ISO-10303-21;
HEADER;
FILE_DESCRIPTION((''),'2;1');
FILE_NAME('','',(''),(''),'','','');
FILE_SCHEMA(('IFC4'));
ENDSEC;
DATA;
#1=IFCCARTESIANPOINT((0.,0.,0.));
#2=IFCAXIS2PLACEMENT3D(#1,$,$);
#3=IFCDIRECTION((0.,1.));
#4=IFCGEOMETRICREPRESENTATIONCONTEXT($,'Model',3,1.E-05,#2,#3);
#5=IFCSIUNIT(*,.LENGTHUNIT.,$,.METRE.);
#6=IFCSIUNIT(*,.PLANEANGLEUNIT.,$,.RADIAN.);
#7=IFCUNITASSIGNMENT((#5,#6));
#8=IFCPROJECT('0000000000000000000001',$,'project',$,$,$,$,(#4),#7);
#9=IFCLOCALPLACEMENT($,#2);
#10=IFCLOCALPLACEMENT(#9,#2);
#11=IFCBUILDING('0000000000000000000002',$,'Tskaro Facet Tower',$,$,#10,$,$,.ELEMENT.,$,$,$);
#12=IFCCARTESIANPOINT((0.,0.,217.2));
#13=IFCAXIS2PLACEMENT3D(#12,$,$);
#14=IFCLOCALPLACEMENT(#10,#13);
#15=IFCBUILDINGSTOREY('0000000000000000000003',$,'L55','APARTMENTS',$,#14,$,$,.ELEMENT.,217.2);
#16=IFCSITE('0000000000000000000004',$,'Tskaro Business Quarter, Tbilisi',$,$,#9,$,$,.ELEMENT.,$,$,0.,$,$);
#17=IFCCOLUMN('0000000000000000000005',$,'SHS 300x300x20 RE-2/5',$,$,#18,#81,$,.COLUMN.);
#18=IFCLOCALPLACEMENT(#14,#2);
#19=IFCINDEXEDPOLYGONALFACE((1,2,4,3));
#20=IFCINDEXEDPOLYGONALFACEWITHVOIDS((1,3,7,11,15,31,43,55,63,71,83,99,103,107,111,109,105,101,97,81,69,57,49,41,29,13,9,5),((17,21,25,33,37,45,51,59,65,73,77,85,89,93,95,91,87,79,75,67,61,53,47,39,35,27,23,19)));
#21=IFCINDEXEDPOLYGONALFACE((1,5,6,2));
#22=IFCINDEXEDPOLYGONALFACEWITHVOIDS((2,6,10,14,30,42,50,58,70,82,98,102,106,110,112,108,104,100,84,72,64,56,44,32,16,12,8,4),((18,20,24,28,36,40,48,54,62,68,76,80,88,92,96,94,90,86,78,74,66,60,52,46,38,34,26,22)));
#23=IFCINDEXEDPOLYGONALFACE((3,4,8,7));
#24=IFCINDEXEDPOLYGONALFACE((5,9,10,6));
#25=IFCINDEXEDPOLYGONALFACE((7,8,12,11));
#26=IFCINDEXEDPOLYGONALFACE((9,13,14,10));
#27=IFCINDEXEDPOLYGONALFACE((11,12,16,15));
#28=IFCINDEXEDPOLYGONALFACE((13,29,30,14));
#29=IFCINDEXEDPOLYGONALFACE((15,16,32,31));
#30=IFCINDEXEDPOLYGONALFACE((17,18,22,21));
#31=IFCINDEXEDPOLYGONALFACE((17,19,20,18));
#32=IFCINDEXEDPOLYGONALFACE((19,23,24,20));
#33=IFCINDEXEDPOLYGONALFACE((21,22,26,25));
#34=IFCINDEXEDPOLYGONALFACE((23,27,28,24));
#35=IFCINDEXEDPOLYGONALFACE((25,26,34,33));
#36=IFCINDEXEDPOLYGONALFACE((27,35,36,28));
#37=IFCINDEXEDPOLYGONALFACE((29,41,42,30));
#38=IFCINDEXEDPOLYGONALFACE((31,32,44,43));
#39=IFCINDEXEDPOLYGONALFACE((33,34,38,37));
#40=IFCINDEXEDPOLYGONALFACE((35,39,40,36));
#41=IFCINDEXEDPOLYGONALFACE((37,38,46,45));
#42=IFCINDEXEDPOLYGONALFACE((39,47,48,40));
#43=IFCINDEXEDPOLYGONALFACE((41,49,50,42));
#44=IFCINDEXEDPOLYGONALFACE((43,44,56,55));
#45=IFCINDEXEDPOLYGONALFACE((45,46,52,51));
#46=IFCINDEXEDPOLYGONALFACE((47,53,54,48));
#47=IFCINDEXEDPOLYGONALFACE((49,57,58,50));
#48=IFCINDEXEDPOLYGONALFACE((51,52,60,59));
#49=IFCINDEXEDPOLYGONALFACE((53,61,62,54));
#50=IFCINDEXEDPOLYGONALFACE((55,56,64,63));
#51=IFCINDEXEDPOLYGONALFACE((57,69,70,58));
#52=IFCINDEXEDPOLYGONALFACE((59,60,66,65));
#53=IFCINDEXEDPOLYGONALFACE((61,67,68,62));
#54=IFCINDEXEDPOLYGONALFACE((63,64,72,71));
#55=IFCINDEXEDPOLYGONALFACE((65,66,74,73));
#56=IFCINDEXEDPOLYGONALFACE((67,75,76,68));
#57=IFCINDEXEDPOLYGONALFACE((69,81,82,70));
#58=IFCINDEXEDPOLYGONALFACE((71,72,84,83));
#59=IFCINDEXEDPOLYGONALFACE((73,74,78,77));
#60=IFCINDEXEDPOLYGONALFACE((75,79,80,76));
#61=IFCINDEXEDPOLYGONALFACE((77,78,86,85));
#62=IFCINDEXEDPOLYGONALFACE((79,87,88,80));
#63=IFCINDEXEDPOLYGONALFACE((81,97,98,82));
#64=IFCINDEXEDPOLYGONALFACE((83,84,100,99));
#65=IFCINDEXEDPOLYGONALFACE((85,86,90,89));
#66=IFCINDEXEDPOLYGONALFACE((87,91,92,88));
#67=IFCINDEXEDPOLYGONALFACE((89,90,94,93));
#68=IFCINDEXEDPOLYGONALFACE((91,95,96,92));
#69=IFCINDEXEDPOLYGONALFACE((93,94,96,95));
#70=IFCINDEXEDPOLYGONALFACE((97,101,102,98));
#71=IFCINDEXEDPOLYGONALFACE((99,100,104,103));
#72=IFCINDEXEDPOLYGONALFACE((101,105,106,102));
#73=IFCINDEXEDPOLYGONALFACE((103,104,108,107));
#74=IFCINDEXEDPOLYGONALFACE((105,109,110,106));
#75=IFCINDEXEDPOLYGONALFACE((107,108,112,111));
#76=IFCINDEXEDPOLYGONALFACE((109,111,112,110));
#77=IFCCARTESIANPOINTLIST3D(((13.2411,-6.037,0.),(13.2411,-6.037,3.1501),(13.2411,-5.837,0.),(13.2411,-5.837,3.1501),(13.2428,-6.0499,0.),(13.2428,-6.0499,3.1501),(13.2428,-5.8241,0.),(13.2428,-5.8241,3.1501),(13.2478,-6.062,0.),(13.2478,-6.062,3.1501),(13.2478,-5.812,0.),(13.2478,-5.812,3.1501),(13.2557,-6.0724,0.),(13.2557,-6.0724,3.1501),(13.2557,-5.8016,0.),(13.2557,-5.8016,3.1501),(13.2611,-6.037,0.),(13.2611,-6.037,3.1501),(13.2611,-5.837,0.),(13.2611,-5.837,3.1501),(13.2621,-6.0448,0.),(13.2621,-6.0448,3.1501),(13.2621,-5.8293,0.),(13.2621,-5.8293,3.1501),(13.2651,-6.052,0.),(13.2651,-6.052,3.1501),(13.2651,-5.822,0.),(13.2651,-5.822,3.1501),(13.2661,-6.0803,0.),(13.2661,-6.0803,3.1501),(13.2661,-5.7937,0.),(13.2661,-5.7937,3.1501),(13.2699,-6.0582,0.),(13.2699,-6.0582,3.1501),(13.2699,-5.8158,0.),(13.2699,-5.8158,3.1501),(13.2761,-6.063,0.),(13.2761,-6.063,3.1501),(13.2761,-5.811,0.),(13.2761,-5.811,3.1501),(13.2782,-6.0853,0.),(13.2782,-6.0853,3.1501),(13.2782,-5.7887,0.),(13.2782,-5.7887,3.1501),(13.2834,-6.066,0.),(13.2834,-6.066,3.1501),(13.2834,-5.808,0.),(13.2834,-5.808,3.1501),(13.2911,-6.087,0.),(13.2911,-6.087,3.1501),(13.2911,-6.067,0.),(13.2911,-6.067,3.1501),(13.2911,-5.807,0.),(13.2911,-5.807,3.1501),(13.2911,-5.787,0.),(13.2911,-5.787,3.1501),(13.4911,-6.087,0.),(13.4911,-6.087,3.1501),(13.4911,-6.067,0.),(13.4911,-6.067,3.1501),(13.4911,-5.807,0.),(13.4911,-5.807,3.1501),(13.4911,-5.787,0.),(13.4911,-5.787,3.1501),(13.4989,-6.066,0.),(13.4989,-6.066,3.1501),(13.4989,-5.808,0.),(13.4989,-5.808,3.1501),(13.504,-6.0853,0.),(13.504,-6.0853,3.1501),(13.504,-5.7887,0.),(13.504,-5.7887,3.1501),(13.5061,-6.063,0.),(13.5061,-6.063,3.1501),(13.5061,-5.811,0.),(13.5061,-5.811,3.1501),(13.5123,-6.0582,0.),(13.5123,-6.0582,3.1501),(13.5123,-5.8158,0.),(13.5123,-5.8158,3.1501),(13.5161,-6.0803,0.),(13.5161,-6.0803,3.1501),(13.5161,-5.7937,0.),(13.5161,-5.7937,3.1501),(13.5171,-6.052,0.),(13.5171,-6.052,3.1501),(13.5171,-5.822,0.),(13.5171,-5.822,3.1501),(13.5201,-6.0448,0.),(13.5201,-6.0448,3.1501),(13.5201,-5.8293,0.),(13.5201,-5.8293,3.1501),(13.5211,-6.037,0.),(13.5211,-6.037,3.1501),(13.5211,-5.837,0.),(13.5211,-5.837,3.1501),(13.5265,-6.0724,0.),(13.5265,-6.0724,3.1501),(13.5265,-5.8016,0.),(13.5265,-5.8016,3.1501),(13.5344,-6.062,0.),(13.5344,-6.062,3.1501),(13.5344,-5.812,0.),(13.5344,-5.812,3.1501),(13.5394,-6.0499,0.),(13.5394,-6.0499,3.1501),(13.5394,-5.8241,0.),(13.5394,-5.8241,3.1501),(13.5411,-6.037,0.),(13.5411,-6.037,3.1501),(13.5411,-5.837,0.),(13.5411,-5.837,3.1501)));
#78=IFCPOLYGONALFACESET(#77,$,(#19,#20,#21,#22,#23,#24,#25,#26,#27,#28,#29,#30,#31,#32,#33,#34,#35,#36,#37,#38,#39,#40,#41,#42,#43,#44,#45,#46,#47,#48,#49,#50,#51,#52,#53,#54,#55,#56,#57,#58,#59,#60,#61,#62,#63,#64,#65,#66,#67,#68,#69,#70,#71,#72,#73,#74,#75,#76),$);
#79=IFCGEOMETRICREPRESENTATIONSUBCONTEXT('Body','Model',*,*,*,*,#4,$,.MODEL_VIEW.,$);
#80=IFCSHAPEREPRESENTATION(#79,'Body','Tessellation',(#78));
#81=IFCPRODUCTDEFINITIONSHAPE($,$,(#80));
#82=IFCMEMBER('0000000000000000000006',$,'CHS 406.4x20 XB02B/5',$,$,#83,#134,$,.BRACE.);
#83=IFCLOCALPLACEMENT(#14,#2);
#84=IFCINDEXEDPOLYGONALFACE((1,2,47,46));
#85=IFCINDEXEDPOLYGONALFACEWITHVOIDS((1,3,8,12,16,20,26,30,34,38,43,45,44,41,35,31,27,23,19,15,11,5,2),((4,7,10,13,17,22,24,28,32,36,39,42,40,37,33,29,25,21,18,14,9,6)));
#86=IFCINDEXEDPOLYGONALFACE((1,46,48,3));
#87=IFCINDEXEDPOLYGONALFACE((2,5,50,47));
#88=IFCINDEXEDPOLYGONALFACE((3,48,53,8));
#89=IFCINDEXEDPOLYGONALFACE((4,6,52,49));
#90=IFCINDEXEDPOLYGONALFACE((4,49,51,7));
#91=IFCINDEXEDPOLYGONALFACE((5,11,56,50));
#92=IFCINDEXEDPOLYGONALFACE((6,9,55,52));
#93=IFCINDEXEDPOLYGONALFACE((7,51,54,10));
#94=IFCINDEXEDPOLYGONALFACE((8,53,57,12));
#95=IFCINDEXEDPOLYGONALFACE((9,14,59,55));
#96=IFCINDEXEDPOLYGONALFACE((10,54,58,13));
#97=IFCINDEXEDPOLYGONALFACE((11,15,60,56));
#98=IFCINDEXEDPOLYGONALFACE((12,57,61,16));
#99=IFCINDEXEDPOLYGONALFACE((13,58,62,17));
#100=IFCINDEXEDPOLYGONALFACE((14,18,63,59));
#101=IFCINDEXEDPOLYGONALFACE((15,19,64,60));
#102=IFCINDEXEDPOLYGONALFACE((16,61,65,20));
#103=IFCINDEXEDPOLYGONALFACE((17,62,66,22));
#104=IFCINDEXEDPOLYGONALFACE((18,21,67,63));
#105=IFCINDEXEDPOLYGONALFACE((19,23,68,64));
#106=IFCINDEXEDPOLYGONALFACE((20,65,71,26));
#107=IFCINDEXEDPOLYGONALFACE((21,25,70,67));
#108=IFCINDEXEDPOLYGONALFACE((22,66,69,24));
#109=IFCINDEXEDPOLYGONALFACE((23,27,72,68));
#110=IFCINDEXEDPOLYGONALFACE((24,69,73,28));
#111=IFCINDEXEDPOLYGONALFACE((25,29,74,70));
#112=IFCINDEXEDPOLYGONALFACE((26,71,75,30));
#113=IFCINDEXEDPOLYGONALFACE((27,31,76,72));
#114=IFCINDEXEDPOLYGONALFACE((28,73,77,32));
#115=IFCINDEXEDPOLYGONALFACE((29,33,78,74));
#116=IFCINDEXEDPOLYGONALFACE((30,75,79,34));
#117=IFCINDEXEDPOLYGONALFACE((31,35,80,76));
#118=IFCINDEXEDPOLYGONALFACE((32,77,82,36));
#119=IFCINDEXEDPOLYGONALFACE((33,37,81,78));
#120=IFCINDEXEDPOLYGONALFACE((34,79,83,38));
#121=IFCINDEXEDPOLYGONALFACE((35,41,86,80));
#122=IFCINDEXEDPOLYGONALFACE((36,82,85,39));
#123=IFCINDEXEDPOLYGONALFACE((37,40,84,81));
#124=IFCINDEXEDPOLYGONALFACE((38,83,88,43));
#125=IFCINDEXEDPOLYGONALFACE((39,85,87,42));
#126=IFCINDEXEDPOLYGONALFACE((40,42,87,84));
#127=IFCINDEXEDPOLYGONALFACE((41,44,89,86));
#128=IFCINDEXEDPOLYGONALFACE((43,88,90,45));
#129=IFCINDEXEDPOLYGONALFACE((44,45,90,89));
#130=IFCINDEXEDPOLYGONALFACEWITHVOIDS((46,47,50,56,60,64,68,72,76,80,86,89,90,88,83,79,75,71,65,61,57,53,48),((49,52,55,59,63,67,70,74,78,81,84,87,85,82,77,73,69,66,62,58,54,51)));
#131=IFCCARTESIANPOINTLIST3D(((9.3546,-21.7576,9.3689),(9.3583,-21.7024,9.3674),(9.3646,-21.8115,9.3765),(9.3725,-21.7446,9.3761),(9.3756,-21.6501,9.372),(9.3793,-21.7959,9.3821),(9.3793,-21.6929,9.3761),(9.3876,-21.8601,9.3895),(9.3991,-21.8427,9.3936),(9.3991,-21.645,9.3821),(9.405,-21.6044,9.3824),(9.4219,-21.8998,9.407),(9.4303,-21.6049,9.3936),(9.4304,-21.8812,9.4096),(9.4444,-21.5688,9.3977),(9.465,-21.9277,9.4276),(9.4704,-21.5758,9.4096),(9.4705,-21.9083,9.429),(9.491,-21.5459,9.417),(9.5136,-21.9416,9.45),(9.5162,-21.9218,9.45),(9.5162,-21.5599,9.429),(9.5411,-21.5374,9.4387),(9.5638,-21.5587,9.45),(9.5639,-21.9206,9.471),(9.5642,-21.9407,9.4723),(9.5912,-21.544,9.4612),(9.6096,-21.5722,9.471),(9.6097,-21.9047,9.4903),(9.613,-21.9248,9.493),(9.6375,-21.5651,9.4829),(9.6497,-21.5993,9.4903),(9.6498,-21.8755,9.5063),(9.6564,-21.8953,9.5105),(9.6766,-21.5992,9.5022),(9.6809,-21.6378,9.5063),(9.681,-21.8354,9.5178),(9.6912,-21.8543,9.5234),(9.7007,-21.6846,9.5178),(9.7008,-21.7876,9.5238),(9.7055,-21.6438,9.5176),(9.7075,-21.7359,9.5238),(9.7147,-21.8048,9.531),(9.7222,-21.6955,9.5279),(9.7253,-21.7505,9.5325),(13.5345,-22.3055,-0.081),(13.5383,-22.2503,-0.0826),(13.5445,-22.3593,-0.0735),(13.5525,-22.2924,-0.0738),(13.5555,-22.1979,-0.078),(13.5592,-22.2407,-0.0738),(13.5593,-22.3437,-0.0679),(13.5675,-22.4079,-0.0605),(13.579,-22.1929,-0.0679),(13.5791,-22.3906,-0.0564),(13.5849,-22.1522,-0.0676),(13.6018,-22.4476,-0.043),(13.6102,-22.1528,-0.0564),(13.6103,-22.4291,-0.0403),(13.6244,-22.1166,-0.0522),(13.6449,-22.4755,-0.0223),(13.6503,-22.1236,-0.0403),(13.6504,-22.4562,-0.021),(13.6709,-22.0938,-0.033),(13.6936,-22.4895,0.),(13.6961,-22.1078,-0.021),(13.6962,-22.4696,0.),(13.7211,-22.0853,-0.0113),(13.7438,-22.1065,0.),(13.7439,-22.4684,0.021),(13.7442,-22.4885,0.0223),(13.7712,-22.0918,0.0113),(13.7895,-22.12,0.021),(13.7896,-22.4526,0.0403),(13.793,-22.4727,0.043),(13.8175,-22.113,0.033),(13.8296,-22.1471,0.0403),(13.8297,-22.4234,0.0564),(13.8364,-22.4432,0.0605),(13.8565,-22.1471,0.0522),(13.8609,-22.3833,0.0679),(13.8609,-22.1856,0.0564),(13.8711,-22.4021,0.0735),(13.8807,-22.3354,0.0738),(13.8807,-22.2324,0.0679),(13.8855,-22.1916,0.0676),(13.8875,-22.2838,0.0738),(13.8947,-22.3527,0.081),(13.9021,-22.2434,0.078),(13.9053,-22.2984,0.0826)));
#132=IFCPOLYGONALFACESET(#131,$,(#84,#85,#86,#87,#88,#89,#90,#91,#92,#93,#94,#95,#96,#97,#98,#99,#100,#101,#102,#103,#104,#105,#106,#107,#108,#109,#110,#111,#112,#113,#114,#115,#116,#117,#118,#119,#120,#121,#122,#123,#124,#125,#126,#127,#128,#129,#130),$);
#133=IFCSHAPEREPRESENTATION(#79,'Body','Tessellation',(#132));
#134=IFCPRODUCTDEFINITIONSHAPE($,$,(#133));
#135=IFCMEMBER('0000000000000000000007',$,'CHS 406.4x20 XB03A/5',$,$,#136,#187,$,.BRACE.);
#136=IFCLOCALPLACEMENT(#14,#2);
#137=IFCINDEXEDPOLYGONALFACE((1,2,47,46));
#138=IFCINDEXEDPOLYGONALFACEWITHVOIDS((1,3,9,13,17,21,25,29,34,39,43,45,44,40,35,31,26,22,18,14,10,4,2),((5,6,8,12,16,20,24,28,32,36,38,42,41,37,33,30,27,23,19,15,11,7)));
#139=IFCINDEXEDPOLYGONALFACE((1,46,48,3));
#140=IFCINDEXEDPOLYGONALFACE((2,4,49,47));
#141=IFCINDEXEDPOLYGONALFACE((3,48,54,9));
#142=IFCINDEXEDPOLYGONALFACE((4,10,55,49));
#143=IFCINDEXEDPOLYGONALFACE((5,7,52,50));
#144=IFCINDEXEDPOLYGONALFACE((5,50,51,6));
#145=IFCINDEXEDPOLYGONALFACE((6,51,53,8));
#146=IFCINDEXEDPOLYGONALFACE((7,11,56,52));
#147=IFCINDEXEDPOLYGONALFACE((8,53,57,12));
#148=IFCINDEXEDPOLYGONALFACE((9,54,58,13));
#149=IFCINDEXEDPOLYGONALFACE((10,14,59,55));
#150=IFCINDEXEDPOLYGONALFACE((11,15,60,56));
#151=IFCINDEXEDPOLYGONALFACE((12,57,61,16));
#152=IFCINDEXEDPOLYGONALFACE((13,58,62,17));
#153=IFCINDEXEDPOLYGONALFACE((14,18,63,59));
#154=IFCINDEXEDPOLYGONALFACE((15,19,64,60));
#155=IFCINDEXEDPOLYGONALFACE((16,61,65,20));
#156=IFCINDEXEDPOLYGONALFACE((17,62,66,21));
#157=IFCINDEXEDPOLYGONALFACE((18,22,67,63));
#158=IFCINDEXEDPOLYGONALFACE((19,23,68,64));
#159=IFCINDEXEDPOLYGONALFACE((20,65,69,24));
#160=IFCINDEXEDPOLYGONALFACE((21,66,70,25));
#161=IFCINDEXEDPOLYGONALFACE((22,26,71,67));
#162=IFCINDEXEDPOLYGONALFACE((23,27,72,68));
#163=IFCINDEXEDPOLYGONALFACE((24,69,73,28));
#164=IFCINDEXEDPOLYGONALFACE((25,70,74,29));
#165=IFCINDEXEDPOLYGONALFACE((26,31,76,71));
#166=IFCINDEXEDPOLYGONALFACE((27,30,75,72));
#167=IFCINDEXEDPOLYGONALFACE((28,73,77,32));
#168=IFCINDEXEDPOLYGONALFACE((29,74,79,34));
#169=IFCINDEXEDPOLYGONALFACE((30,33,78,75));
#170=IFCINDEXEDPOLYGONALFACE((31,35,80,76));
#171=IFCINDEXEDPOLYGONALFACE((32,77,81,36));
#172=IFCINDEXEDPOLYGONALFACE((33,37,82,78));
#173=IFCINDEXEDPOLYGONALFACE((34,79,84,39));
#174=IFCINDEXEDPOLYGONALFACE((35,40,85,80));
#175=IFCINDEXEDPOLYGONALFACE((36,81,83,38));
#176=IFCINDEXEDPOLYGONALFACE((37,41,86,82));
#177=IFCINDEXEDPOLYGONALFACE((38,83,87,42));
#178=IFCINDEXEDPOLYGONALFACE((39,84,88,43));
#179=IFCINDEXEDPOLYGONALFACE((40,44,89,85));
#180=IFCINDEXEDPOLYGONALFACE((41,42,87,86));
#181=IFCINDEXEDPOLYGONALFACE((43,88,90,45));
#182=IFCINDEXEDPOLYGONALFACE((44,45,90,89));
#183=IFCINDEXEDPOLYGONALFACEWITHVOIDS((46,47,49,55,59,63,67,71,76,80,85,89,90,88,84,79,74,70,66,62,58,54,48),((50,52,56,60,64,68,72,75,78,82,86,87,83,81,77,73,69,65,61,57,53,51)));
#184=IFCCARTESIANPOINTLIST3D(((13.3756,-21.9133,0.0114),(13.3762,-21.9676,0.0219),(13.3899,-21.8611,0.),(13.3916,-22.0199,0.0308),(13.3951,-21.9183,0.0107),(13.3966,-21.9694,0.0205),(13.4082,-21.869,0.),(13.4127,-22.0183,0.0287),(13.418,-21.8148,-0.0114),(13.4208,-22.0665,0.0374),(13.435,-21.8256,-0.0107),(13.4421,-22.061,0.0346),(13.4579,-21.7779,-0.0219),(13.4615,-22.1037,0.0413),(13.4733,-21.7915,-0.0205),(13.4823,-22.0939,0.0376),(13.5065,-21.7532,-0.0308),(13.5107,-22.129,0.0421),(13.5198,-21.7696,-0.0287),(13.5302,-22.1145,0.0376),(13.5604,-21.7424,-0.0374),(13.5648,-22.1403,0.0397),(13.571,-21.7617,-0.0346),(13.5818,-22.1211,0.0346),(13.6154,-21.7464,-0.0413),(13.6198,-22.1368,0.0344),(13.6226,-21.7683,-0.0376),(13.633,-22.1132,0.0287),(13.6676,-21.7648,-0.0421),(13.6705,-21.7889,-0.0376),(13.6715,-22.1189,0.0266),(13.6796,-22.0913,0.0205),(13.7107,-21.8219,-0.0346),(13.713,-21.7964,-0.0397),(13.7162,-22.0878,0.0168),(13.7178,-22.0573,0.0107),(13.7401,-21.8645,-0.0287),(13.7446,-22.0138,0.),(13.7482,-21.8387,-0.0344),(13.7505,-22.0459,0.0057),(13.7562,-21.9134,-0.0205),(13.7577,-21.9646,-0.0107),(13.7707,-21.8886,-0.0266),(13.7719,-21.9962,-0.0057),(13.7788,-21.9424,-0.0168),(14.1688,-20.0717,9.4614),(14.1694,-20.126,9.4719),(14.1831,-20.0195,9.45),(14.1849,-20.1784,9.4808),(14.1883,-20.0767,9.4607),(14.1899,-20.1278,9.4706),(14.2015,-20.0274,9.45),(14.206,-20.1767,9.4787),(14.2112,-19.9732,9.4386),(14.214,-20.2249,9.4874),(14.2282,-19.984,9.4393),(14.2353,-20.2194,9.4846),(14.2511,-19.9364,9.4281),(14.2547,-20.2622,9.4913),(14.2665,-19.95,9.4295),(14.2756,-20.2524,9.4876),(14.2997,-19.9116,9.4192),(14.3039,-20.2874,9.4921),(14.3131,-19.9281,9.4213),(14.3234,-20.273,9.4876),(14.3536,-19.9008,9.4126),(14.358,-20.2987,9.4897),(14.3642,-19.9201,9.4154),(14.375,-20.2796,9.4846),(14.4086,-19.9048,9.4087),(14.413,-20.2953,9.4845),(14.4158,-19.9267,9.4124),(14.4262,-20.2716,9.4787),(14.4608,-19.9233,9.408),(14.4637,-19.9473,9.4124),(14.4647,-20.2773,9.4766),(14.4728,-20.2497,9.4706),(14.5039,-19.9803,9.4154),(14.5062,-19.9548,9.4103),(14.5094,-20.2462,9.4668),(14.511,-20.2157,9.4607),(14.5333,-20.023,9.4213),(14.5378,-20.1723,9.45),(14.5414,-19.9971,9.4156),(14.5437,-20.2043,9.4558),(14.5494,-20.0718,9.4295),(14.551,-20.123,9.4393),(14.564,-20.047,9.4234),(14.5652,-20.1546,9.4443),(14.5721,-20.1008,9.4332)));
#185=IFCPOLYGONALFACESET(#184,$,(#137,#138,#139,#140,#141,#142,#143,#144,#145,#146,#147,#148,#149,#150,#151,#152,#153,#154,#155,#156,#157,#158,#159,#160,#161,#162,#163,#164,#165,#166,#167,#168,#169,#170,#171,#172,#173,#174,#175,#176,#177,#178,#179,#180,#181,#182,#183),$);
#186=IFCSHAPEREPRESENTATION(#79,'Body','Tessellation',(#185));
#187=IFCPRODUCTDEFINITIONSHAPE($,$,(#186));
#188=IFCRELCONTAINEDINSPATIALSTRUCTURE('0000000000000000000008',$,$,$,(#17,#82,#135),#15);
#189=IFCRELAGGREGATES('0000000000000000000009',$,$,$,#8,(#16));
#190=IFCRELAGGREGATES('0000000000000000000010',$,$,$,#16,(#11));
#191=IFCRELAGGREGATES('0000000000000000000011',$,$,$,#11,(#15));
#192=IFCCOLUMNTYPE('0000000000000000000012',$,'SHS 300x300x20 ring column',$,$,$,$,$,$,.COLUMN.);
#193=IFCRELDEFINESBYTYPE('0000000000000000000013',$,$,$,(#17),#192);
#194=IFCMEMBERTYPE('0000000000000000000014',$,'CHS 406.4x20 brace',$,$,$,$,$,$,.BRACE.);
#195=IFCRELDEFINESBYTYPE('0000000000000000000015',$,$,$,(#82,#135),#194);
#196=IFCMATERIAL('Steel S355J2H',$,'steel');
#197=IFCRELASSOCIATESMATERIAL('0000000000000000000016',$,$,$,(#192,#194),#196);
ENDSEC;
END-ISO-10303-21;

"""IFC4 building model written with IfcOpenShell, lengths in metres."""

from ifc_helpers import new_model, si_unit, direction, frame, origin, origin_2d, place, context, subcontext, project, spatial, hollow_rectangle, hollow_circle, extrude, material, material_profile, profile_set, type_object, element, save


model = new_model("IFC4")

# Units and contexts
model_context = context("Model", 3, precision=1e-05, world=origin(), true_north=direction((0.0, 1.0)))
body_context = subcontext(model_context, "Body", "Model", "MODEL_VIEW")
ifc_project = project(units=[si_unit("LENGTHUNIT", "METRE"), si_unit("PLANEANGLEUNIT", "RADIAN")], contexts=[model_context])

# Site, building, storey
site_placement = place(None, origin())
site = spatial("IfcSite", under=ifc_project, at=site_placement, Name="Tskaro Business Quarter, Tbilisi", CompositionType="ELEMENT", RefElevation=0.0)
building_placement = place(site_placement, origin())
building = spatial("IfcBuilding", under=site, at=building_placement, Name="Tskaro Facet Tower", CompositionType="ELEMENT")
storey_placement = place(building_placement, frame((0.0, 0.0, 217.2)))
storey = spatial("IfcBuildingStorey", under=building, at=storey_placement, Name="L55", Description="APARTMENTS", CompositionType="ELEMENT", Elevation=217.2)

# Column
ifc_material_1 = material(Name="Steel S355J2H", Category="steel")
ifc_material_profile_1 = material_profile(ifc_material_1, hollow_rectangle(XDim=0.3, YDim=0.3, WallThickness=0.02, InnerFilletRadius=0.03, OuterFilletRadius=0.05, at=origin_2d()), Name="SHS 300x300x20")
ifc_profile_set_1 = profile_set([ifc_material_profile_1], Name="Steel S355J2H")
column_type_1 = type_object("IfcColumnType", Name="SHS 300x300x20 ring column", PredefinedType="COLUMN", material=ifc_profile_set_1)
for number, where, z_axis, x_axis, name in (
    (1, (13.3911, -5.937, 0.0), (0.0, 0.0, 1.0), (1.0, 0.0, 0.0), "SHS 300x300x20 RE-2/5"),
):
    element("IfcColumn", number, at=place(storey_placement, frame(where, z_axis=z_axis, x_axis=x_axis)), inside=storey, type_object=column_type_1, Name=name, PredefinedType="COLUMN", context=body_context, shape_type="SweptSolid", body=[
        extrude(hollow_rectangle(XDim=0.3, YDim=0.3, WallThickness=0.02, InnerFilletRadius=0.03, OuterFilletRadius=0.05, at=origin_2d()), origin(), (0.0, 0.0, 1.0), 3.1501),
    ])

# Members
ifc_material_profile_2 = material_profile(ifc_material_1, hollow_circle(Radius=0.2031, WallThickness=0.02, at=origin_2d()), Name="CHS 406.4x20")
ifc_profile_set_2 = profile_set([ifc_material_profile_2], Name="Steel S355J2H")
member_type_1 = type_object("IfcMemberType", Name="CHS 406.4x20 brace", PredefinedType="BRACE", material=ifc_profile_set_2)
member_1_placement = place(storey_placement, frame((13.72, -22.2881, 0.0), z_axis=(-0.40395, 0.052945, 0.913247), x_axis=(-0.129956, -0.99152, 0.0)))
element("IfcMember", 2, at=member_1_placement, inside=storey, type_object=member_type_1, Name="CHS 406.4x20 XB02B/5", PredefinedType="BRACE", context=body_context, shape_type="SweptSolid", body=[
    extrude(hollow_circle(Radius=0.2031, WallThickness=0.02, at=origin_2d()), origin(), (0.0, 0.0, 1.0), 10.3477),
])
for number, where, z_axis, x_axis, name in (
    (3, (13.5764, -21.9414, 0.0), (0.08211, 0.19063, 0.978222), (-0.918426, 0.395594, 0.0), "CHS 406.4x20 XB03A/5"),
):
    element("IfcMember", number, at=place(storey_placement, frame(where, z_axis=z_axis, x_axis=x_axis)), inside=storey, type_object=member_type_1, Name=name, PredefinedType="BRACE", context=body_context, shape_type="SweptSolid", body=[
        extrude(hollow_circle(Radius=0.2031, WallThickness=0.02, at=origin_2d()), origin(), (0.0, 0.0, 1.0), 9.6604),
    ])

save(model, "model.ifc")
